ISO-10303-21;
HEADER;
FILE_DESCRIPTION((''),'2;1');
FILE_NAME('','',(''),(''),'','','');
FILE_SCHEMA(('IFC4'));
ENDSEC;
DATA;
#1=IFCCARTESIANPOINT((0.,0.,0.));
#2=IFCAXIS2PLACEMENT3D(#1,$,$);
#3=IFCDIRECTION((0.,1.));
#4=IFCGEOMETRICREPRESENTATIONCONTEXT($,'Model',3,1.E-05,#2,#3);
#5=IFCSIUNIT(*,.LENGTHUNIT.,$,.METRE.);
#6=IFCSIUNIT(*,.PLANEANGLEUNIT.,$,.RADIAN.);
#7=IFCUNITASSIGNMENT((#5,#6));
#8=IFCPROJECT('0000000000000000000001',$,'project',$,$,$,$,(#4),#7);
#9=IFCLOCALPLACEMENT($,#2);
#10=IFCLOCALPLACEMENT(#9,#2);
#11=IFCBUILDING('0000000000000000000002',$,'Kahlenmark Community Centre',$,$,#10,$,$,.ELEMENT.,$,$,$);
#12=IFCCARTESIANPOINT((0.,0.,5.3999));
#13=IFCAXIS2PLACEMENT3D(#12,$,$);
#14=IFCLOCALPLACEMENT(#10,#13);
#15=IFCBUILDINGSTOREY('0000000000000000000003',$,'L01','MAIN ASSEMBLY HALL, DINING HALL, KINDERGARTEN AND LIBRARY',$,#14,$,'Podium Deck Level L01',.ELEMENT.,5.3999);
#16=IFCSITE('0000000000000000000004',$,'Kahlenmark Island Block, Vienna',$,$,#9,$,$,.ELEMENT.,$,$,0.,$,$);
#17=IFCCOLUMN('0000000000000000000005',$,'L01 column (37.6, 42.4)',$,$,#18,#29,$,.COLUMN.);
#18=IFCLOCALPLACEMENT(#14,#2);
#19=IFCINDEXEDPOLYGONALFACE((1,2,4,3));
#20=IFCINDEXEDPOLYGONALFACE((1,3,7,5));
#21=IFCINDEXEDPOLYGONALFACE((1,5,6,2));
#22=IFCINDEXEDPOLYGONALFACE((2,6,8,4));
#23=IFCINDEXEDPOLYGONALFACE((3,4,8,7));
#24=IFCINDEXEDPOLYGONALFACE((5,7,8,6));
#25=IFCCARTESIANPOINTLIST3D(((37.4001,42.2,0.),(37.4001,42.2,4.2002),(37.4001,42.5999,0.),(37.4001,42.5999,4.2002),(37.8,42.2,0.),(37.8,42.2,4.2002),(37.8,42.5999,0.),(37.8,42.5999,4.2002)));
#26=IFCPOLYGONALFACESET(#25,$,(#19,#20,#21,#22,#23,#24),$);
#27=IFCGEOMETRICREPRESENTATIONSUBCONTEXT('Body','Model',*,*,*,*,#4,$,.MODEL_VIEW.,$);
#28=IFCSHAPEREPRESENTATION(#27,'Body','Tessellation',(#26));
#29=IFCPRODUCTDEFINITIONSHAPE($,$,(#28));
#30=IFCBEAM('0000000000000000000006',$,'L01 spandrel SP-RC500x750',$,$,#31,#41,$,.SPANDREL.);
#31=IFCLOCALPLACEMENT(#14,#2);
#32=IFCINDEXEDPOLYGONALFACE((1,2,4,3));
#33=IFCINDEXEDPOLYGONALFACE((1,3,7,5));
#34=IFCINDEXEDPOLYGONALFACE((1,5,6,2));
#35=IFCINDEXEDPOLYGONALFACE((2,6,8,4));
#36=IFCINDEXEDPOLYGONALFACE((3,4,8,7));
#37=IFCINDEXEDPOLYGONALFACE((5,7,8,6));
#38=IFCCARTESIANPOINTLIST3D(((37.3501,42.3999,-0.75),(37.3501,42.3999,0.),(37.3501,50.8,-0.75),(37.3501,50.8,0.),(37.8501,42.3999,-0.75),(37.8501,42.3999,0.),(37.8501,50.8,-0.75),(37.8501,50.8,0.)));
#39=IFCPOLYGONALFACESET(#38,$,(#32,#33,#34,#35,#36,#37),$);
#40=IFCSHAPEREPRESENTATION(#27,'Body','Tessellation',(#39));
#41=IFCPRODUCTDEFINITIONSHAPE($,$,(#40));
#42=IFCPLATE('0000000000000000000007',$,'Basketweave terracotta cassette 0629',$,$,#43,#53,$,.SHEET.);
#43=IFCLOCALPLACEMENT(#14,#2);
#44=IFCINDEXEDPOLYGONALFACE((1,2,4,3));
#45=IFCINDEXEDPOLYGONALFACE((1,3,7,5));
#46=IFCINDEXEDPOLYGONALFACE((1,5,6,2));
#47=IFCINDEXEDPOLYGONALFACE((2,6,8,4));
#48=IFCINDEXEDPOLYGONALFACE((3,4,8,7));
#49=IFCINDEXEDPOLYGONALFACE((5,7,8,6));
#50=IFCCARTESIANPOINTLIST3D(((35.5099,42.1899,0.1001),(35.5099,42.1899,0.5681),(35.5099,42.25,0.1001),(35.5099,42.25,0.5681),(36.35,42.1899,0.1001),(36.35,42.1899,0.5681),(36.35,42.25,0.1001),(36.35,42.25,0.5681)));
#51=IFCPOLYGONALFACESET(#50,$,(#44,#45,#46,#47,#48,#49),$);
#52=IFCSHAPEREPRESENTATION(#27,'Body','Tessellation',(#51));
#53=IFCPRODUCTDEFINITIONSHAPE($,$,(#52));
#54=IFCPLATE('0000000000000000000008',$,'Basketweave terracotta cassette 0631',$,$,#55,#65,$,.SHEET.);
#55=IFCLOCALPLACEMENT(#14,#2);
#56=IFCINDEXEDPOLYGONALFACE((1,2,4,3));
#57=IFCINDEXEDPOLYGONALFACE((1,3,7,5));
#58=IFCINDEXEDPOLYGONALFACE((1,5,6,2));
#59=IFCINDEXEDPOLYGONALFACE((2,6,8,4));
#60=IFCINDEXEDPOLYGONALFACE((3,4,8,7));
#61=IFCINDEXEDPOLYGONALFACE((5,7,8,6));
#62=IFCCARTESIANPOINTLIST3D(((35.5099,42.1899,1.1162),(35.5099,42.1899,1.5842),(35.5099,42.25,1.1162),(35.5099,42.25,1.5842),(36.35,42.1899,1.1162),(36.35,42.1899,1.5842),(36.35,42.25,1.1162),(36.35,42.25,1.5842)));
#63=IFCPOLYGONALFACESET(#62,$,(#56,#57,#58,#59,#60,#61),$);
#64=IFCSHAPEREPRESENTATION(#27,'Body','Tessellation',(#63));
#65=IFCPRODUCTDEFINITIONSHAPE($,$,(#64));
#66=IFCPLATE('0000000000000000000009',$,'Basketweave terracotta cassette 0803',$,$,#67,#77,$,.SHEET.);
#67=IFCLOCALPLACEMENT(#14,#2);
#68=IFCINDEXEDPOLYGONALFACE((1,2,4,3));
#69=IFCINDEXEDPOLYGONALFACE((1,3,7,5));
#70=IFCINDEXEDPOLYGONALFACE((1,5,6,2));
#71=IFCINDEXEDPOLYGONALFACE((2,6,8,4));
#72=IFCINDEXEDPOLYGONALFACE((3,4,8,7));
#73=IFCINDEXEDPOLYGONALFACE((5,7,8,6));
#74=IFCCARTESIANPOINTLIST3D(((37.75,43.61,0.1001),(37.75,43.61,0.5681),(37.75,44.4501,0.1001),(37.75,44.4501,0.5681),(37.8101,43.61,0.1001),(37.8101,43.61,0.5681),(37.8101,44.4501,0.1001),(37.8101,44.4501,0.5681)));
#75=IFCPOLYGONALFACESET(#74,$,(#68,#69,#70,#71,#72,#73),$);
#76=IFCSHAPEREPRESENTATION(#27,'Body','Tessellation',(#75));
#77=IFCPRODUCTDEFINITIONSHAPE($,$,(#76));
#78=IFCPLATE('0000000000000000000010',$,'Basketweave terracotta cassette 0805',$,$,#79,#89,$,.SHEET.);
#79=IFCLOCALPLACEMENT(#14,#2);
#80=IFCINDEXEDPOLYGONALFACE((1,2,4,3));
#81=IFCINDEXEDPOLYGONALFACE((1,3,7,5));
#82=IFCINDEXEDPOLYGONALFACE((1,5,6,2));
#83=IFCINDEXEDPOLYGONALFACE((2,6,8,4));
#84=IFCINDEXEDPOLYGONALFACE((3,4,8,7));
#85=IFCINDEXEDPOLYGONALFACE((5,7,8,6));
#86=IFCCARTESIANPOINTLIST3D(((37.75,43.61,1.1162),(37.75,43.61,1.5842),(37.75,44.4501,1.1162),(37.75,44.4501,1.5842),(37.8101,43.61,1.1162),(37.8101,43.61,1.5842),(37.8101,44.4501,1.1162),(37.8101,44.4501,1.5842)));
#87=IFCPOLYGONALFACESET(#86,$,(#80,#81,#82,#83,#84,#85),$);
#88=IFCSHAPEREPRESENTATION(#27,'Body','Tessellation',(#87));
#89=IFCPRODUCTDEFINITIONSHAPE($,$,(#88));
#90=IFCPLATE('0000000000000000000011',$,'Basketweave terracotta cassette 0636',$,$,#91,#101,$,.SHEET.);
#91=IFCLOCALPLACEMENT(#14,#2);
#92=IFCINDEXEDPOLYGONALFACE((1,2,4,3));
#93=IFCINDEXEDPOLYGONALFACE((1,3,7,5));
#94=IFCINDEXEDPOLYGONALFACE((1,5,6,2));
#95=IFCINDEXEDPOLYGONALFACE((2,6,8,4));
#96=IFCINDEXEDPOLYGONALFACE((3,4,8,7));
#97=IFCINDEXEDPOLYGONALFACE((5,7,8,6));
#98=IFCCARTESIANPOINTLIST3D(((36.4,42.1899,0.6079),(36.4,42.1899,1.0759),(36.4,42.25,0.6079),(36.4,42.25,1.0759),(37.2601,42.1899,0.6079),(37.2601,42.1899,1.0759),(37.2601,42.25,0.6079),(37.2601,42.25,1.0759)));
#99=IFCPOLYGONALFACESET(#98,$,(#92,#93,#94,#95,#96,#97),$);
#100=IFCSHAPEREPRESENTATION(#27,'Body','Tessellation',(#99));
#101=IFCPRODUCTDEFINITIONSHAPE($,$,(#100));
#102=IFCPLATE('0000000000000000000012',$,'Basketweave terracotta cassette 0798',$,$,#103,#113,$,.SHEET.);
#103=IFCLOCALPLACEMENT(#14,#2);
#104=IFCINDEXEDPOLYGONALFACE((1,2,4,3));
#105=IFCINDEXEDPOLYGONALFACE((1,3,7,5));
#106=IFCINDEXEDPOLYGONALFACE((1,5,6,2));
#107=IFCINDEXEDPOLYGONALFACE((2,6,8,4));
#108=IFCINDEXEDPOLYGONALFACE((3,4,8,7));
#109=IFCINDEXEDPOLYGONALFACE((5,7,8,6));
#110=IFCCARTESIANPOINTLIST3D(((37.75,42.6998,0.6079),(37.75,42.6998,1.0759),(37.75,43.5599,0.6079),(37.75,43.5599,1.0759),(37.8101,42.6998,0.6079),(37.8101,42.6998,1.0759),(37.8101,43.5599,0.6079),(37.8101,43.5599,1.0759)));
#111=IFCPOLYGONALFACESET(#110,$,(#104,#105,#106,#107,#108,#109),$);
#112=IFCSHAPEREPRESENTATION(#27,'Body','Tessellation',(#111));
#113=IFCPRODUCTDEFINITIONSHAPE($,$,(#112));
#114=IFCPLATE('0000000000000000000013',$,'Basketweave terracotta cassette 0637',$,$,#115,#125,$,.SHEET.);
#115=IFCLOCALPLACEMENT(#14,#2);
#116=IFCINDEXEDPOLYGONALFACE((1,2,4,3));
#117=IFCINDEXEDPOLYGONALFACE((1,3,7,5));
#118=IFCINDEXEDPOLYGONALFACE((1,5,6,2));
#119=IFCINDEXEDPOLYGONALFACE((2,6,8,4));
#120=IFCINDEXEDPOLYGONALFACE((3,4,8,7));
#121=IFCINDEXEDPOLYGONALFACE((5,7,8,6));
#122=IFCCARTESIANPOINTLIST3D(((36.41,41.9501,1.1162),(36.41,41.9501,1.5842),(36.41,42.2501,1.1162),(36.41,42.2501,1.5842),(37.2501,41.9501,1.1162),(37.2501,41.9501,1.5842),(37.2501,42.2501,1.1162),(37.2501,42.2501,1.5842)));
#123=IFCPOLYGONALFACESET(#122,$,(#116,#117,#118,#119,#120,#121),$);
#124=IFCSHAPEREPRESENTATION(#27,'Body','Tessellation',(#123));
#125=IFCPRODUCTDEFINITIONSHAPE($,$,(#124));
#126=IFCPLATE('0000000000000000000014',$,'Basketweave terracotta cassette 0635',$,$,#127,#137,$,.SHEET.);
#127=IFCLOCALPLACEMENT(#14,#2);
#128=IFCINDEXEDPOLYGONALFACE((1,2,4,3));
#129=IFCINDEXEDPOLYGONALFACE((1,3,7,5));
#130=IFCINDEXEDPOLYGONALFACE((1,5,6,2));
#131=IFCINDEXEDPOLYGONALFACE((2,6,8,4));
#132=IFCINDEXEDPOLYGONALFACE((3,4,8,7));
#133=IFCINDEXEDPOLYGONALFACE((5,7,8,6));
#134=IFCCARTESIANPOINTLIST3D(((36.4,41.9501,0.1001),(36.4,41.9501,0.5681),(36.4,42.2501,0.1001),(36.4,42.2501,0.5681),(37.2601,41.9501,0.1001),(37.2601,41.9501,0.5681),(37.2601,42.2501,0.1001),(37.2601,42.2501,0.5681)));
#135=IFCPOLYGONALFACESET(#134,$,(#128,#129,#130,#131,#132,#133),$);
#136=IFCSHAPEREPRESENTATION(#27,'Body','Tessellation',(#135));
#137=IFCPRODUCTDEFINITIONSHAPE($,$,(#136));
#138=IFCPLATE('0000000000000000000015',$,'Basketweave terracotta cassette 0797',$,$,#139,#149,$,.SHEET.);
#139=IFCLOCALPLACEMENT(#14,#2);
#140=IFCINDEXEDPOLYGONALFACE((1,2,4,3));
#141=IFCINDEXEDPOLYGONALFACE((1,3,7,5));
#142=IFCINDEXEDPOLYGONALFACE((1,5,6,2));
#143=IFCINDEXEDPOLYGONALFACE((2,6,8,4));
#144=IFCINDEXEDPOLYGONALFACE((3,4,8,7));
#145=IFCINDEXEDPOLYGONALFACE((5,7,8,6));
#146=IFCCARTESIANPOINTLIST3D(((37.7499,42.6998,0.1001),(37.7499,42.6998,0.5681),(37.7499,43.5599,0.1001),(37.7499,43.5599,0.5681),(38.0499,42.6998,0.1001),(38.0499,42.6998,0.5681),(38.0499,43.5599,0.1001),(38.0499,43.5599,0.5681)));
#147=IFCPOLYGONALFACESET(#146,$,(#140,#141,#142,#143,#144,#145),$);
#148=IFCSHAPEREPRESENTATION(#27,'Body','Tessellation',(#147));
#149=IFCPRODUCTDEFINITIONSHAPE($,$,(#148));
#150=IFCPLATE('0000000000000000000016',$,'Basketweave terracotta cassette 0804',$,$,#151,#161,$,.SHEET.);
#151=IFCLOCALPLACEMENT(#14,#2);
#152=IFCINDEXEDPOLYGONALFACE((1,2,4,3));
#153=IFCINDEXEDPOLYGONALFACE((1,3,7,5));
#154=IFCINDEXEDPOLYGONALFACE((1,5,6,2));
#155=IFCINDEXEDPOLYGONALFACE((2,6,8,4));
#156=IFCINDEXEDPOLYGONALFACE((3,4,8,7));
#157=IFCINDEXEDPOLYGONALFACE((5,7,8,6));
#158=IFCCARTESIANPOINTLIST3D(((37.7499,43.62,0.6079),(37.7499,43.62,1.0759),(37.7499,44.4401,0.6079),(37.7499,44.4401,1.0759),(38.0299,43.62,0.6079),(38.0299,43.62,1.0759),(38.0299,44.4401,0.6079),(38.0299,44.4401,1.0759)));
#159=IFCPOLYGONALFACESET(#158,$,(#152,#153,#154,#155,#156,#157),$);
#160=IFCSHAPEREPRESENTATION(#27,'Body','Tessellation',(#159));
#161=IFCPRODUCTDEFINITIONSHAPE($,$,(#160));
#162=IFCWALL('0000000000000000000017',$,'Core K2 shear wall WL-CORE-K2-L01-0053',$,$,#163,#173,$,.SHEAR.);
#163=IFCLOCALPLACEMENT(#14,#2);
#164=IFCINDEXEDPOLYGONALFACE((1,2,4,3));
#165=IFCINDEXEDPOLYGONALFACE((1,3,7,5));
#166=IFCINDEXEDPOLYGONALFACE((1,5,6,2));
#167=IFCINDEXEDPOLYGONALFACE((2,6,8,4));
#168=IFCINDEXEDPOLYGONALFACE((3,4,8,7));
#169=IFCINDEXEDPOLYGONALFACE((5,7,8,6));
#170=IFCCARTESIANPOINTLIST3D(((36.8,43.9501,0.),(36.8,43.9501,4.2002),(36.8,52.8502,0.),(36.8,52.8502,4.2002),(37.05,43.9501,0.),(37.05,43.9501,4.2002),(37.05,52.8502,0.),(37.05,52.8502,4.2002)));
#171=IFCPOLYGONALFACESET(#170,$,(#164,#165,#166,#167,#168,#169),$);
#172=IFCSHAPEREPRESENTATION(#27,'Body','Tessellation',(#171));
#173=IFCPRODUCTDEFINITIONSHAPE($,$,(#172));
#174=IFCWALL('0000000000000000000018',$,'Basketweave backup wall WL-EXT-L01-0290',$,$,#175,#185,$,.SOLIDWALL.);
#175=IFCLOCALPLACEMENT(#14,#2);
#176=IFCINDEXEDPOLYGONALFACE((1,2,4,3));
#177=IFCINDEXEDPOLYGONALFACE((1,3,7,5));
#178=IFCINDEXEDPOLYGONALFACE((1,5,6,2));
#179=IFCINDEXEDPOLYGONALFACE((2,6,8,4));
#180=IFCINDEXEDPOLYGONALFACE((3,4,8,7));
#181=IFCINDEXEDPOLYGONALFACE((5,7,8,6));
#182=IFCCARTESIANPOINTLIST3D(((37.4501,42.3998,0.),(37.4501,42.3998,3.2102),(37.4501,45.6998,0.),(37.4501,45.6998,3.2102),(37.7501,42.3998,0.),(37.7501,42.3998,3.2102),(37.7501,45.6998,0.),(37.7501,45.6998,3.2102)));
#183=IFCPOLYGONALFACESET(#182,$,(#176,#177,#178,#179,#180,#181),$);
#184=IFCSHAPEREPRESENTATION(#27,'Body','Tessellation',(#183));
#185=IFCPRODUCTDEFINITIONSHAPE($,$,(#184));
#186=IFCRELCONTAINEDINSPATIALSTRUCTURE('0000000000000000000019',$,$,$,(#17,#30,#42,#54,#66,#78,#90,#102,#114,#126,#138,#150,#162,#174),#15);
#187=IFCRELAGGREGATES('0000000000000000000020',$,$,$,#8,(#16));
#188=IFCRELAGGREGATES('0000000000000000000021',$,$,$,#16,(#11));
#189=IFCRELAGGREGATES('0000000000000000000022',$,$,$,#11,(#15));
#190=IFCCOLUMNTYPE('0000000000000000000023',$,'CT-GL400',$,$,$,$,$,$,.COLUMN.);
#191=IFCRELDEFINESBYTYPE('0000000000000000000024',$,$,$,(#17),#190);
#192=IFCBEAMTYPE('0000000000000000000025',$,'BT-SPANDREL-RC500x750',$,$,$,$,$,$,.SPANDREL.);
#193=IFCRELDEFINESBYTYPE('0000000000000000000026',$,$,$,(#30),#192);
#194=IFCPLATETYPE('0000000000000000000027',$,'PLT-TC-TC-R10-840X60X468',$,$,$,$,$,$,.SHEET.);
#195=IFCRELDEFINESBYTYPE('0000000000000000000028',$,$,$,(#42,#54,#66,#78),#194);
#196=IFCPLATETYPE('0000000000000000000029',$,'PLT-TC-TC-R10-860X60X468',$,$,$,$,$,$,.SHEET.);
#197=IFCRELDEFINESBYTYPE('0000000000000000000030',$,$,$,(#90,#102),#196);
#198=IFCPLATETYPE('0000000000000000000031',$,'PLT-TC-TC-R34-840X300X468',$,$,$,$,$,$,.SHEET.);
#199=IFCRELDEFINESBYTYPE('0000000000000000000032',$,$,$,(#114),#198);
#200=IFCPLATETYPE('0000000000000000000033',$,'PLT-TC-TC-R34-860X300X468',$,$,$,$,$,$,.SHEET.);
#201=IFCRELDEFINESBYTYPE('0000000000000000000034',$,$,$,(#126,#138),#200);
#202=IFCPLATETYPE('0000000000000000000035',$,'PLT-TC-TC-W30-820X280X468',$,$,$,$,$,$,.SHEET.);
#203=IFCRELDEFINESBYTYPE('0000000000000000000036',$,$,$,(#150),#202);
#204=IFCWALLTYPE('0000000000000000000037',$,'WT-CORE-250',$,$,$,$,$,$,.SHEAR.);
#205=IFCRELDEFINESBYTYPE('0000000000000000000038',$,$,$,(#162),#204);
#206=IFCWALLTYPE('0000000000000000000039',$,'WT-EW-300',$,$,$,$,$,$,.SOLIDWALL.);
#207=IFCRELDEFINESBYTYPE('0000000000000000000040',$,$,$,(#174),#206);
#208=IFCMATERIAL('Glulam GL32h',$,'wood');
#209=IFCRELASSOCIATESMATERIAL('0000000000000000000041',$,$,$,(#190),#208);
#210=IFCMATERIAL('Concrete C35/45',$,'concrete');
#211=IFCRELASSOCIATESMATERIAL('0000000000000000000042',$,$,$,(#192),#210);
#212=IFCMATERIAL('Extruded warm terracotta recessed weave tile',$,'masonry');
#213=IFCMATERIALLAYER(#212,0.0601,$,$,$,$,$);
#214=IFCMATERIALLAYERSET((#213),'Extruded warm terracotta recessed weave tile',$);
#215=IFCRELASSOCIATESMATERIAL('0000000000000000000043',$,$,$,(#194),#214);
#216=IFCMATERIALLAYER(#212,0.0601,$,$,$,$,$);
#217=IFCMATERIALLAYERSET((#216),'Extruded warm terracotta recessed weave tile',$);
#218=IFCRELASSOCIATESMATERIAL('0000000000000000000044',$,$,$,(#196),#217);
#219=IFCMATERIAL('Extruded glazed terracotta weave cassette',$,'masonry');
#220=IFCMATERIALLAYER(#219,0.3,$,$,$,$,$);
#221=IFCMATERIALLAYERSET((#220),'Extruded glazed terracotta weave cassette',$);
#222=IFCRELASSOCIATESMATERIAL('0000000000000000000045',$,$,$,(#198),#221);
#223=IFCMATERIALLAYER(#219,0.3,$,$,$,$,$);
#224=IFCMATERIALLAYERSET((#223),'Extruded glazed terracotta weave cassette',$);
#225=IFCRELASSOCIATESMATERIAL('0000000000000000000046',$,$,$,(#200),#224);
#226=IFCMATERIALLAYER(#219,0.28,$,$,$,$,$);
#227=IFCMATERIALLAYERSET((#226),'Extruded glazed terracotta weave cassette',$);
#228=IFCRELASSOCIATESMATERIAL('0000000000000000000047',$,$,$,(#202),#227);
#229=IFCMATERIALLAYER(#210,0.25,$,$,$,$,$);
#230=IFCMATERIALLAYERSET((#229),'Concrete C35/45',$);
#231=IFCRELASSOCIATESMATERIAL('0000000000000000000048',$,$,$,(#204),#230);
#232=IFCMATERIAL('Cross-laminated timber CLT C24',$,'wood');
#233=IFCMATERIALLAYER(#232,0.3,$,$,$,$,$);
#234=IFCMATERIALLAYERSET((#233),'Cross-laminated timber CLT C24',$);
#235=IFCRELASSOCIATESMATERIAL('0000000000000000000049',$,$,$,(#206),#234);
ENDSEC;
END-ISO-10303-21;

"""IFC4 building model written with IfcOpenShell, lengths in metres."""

from ifc_helpers import new_model, si_unit, direction, frame, frame_2d, origin, origin_2d, place, context, subcontext, project, spatial, rectangle, extrude, material, layer, layer_set, material_profile, profile_set, type_object, element, save


model = new_model("IFC4")

# Units and contexts
model_context = context("Model", 3, precision=1e-05, world=origin(), true_north=direction((0.0, 1.0)))
body_context = subcontext(model_context, "Body", "Model", "MODEL_VIEW")
ifc_project = project(units=[si_unit("LENGTHUNIT", "METRE"), si_unit("PLANEANGLEUNIT", "RADIAN")], contexts=[model_context])

# Site, building, storey
site_placement = place(None, origin())
site = spatial("IfcSite", under=ifc_project, at=site_placement, Name="Kahlenmark Island Block, Vienna", CompositionType="ELEMENT", RefElevation=0.0)
building_placement = place(site_placement, origin())
building = spatial("IfcBuilding", under=site, at=building_placement, Name="Kahlenmark Community Centre", CompositionType="ELEMENT")
storey_placement = place(building_placement, frame((0.0, 0.0, 5.3999)))
storey = spatial("IfcBuildingStorey", under=building, at=storey_placement, Name="L01", Description="MAIN ASSEMBLY HALL, DINING HALL, KINDERGARTEN AND LIBRARY", LongName="Podium Deck Level L01", CompositionType="ELEMENT", Elevation=5.3999)

# Column
ifc_material_1 = material(Name="Glulam GL32h", Category="wood")
ifc_material_profile_1 = material_profile(ifc_material_1, rectangle(XDim=0.3999, YDim=0.3999, at=origin_2d()), Name="GL32h 400x400")
ifc_profile_set_1 = profile_set([ifc_material_profile_1], Name="Glulam GL32h")
column_type = type_object("IfcColumnType", Name="CT-GL400", PredefinedType="COLUMN", material=ifc_profile_set_1)
column_placement = place(storey_placement, frame((37.6001, 42.3999, 0.0), z_axis=(0.0, 0.0, 1.0), x_axis=(1.0, 0.0, 0.0)))
element("IfcColumn", 1, at=column_placement, inside=storey, type_object=column_type, Name="L01 column (37.6, 42.4)", PredefinedType="COLUMN", context=body_context, shape_type="SweptSolid", body=[
    extrude(rectangle(XDim=0.3999, YDim=0.3999, at=origin_2d()), origin(), (0.0, 0.0, 1.0), 4.2002),
])

# Beam
ifc_material_2 = material(Name="Concrete C35/45", Category="concrete")
ifc_material_profile_2 = material_profile(ifc_material_2, rectangle(XDim=0.5, YDim=0.75, at=origin_2d()), Name="RC 500x750")
ifc_profile_set_2 = profile_set([ifc_material_profile_2], Name="Concrete C35/45")
beam_type = type_object("IfcBeamType", Name="BT-SPANDREL-RC500x750", PredefinedType="SPANDREL", material=ifc_profile_set_2)
beam_placement = place(storey_placement, frame((37.6001, 42.3999, -0.375), z_axis=(0.0, 1.0, 0.0), x_axis=(-1.0, 0.0, 0.0)))
element("IfcBeam", 2, at=beam_placement, inside=storey, type_object=beam_type, Name="L01 spandrel SP-RC500x750", PredefinedType="SPANDREL", context=body_context, shape_type="SweptSolid", body=[
    extrude(rectangle(XDim=0.5, YDim=0.75, at=origin_2d()), origin(), (0.0, 0.0, 1.0), 8.4001),
])

# Plates
ifc_material_3 = material(Name="Extruded warm terracotta recessed weave tile", Category="masonry")
ifc_layer_1 = layer(ifc_material_3, 0.0601)
ifc_layer_set_1 = layer_set([ifc_layer_1], Name="Extruded warm terracotta recessed weave tile")
plate_type_1 = type_object("IfcPlateType", Name="PLT-TC-TC-R10-840X60X468", PredefinedType="SHEET", material=ifc_layer_set_1)
for number, where, z_axis, x_axis, name in (
    (3, (35.9299, 42.22, 0.1001), (0.0, 0.0, 1.0), (1.0, 0.0, 0.0), "Basketweave terracotta cassette 0629"),
    (4, (35.9299, 42.22, 1.1162), (0.0, 0.0, 1.0), (1.0, 0.0, 0.0), "Basketweave terracotta cassette 0631"),
    (5, (37.78, 44.03, 0.1001), (0.0, 0.0, 1.0), (0.0, 1.0, 0.0), "Basketweave terracotta cassette 0803"),
    (6, (37.78, 44.03, 1.1162), (0.0, 0.0, 1.0), (0.0, 1.0, 0.0), "Basketweave terracotta cassette 0805"),
):
    element("IfcPlate", number, at=place(storey_placement, frame(where, z_axis=z_axis, x_axis=x_axis)), inside=storey, type_object=plate_type_1, Name=name, PredefinedType="SHEET", context=body_context, shape_type="SweptSolid", body=[
        extrude(rectangle(XDim=0.8401, YDim=0.0601, at=origin_2d()), origin(), (0.0, 0.0, 1.0), 0.468),
    ])
ifc_layer_2 = layer(ifc_material_3, 0.0601)
ifc_layer_set_2 = layer_set([ifc_layer_2], Name="Extruded warm terracotta recessed weave tile")
plate_type_2 = type_object("IfcPlateType", Name="PLT-TC-TC-R10-860X60X468", PredefinedType="SHEET", material=ifc_layer_set_2)
for number, where, z_axis, x_axis, name in (
    (7, (36.8301, 42.22, 0.6079), (0.0, 0.0, 1.0), (1.0, 0.0, 0.0), "Basketweave terracotta cassette 0636"),
    (8, (37.78, 43.1299, 0.6079), (0.0, 0.0, 1.0), (0.0, 1.0, 0.0), "Basketweave terracotta cassette 0798"),
):
    element("IfcPlate", number, at=place(storey_placement, frame(where, z_axis=z_axis, x_axis=x_axis)), inside=storey, type_object=plate_type_2, Name=name, PredefinedType="SHEET", context=body_context, shape_type="SweptSolid", body=[
        extrude(rectangle(XDim=0.8601, YDim=0.0601, at=origin_2d()), origin(), (0.0, 0.0, 1.0), 0.468),
    ])
ifc_material_4 = material(Name="Extruded glazed terracotta weave cassette", Category="masonry")
ifc_layer_3 = layer(ifc_material_4, 0.3)
ifc_layer_set_3 = layer_set([ifc_layer_3], Name="Extruded glazed terracotta weave cassette")
plate_type_3 = type_object("IfcPlateType", Name="PLT-TC-TC-R34-840X300X468", PredefinedType="SHEET", material=ifc_layer_set_3)
plate_1_placement = place(storey_placement, frame((36.8301, 42.1001, 1.1162), z_axis=(0.0, 0.0, 1.0), x_axis=(1.0, 0.0, 0.0)))
element("IfcPlate", 9, at=plate_1_placement, inside=storey, type_object=plate_type_3, Name="Basketweave terracotta cassette 0637", PredefinedType="SHEET", context=body_context, shape_type="SweptSolid", body=[
    extrude(rectangle(XDim=0.8401, YDim=0.3, at=origin_2d()), origin(), (0.0, 0.0, 1.0), 0.468),
])
ifc_layer_4 = layer(ifc_material_4, 0.3)
ifc_layer_set_4 = layer_set([ifc_layer_4], Name="Extruded glazed terracotta weave cassette")
plate_type_4 = type_object("IfcPlateType", Name="PLT-TC-TC-R34-860X300X468", PredefinedType="SHEET", material=ifc_layer_set_4)
for number, where, z_axis, x_axis, name in (
    (10, (36.8301, 42.1001, 0.1001), (0.0, 0.0, 1.0), (1.0, 0.0, 0.0), "Basketweave terracotta cassette 0635"),
    (11, (37.8999, 43.1299, 0.1001), (0.0, 0.0, 1.0), (0.0, 1.0, 0.0), "Basketweave terracotta cassette 0797"),
):
    element("IfcPlate", number, at=place(storey_placement, frame(where, z_axis=z_axis, x_axis=x_axis)), inside=storey, type_object=plate_type_4, Name=name, PredefinedType="SHEET", context=body_context, shape_type="SweptSolid", body=[
        extrude(rectangle(XDim=0.8601, YDim=0.3, at=origin_2d()), origin(), (0.0, 0.0, 1.0), 0.468),
    ])
ifc_layer_5 = layer(ifc_material_4, 0.28)
ifc_layer_set_5 = layer_set([ifc_layer_5], Name="Extruded glazed terracotta weave cassette")
plate_type_5 = type_object("IfcPlateType", Name="PLT-TC-TC-W30-820X280X468", PredefinedType="SHEET", material=ifc_layer_set_5)
plate_2_placement = place(storey_placement, frame((37.8899, 44.03, 0.6079), z_axis=(0.0, 0.0, 1.0), x_axis=(0.0, 1.0, 0.0)))
element("IfcPlate", 12, at=plate_2_placement, inside=storey, type_object=plate_type_5, Name="Basketweave terracotta cassette 0804", PredefinedType="SHEET", context=body_context, shape_type="SweptSolid", body=[
    extrude(rectangle(XDim=0.8201, YDim=0.28, at=origin_2d()), origin(), (0.0, 0.0, 1.0), 0.468),
])

# Walls
ifc_layer_6 = layer(ifc_material_2, 0.25)
ifc_layer_set_6 = layer_set([ifc_layer_6], Name="Concrete C35/45")
wall_type_1 = type_object("IfcWallType", Name="WT-CORE-250", PredefinedType="SHEAR", material=ifc_layer_set_6)
wall_1_placement = place(storey_placement, frame((36.925, 43.95, 0.0), z_axis=(0.0, 0.0, 1.0), x_axis=(0.0, 1.0, 0.0)))
element("IfcWall", 13, at=wall_1_placement, inside=storey, type_object=wall_type_1, Name="Core K2 shear wall WL-CORE-K2-L01-0053", PredefinedType="SHEAR", context=body_context, shape_type="SweptSolid", body=[
    extrude(rectangle(XDim=8.9001, YDim=0.25, at=frame_2d((4.4502, 0.0))), origin(), (0.0, 0.0, 1.0), 4.2002),
])
ifc_material_5 = material(Name="Cross-laminated timber CLT C24", Category="wood")
ifc_layer_7 = layer(ifc_material_5, 0.3)
ifc_layer_set_7 = layer_set([ifc_layer_7], Name="Cross-laminated timber CLT C24")
wall_type_2 = type_object("IfcWallType", Name="WT-EW-300", PredefinedType="SOLIDWALL", material=ifc_layer_set_7)
wall_2_placement = place(storey_placement, frame((37.6001, 42.3999, 0.0), z_axis=(0.0, 0.0, 1.0), x_axis=(0.0, 1.0, 0.0)))
element("IfcWall", 14, at=wall_2_placement, inside=storey, type_object=wall_type_2, Name="Basketweave backup wall WL-EXT-L01-0290", PredefinedType="SOLIDWALL", context=body_context, shape_type="SweptSolid", body=[
    extrude(rectangle(XDim=3.3, YDim=0.3, at=frame_2d((1.6499, 0.0))), origin(), (0.0, 0.0, 1.0), 3.2102),
])

save(model, "model.ifc")
